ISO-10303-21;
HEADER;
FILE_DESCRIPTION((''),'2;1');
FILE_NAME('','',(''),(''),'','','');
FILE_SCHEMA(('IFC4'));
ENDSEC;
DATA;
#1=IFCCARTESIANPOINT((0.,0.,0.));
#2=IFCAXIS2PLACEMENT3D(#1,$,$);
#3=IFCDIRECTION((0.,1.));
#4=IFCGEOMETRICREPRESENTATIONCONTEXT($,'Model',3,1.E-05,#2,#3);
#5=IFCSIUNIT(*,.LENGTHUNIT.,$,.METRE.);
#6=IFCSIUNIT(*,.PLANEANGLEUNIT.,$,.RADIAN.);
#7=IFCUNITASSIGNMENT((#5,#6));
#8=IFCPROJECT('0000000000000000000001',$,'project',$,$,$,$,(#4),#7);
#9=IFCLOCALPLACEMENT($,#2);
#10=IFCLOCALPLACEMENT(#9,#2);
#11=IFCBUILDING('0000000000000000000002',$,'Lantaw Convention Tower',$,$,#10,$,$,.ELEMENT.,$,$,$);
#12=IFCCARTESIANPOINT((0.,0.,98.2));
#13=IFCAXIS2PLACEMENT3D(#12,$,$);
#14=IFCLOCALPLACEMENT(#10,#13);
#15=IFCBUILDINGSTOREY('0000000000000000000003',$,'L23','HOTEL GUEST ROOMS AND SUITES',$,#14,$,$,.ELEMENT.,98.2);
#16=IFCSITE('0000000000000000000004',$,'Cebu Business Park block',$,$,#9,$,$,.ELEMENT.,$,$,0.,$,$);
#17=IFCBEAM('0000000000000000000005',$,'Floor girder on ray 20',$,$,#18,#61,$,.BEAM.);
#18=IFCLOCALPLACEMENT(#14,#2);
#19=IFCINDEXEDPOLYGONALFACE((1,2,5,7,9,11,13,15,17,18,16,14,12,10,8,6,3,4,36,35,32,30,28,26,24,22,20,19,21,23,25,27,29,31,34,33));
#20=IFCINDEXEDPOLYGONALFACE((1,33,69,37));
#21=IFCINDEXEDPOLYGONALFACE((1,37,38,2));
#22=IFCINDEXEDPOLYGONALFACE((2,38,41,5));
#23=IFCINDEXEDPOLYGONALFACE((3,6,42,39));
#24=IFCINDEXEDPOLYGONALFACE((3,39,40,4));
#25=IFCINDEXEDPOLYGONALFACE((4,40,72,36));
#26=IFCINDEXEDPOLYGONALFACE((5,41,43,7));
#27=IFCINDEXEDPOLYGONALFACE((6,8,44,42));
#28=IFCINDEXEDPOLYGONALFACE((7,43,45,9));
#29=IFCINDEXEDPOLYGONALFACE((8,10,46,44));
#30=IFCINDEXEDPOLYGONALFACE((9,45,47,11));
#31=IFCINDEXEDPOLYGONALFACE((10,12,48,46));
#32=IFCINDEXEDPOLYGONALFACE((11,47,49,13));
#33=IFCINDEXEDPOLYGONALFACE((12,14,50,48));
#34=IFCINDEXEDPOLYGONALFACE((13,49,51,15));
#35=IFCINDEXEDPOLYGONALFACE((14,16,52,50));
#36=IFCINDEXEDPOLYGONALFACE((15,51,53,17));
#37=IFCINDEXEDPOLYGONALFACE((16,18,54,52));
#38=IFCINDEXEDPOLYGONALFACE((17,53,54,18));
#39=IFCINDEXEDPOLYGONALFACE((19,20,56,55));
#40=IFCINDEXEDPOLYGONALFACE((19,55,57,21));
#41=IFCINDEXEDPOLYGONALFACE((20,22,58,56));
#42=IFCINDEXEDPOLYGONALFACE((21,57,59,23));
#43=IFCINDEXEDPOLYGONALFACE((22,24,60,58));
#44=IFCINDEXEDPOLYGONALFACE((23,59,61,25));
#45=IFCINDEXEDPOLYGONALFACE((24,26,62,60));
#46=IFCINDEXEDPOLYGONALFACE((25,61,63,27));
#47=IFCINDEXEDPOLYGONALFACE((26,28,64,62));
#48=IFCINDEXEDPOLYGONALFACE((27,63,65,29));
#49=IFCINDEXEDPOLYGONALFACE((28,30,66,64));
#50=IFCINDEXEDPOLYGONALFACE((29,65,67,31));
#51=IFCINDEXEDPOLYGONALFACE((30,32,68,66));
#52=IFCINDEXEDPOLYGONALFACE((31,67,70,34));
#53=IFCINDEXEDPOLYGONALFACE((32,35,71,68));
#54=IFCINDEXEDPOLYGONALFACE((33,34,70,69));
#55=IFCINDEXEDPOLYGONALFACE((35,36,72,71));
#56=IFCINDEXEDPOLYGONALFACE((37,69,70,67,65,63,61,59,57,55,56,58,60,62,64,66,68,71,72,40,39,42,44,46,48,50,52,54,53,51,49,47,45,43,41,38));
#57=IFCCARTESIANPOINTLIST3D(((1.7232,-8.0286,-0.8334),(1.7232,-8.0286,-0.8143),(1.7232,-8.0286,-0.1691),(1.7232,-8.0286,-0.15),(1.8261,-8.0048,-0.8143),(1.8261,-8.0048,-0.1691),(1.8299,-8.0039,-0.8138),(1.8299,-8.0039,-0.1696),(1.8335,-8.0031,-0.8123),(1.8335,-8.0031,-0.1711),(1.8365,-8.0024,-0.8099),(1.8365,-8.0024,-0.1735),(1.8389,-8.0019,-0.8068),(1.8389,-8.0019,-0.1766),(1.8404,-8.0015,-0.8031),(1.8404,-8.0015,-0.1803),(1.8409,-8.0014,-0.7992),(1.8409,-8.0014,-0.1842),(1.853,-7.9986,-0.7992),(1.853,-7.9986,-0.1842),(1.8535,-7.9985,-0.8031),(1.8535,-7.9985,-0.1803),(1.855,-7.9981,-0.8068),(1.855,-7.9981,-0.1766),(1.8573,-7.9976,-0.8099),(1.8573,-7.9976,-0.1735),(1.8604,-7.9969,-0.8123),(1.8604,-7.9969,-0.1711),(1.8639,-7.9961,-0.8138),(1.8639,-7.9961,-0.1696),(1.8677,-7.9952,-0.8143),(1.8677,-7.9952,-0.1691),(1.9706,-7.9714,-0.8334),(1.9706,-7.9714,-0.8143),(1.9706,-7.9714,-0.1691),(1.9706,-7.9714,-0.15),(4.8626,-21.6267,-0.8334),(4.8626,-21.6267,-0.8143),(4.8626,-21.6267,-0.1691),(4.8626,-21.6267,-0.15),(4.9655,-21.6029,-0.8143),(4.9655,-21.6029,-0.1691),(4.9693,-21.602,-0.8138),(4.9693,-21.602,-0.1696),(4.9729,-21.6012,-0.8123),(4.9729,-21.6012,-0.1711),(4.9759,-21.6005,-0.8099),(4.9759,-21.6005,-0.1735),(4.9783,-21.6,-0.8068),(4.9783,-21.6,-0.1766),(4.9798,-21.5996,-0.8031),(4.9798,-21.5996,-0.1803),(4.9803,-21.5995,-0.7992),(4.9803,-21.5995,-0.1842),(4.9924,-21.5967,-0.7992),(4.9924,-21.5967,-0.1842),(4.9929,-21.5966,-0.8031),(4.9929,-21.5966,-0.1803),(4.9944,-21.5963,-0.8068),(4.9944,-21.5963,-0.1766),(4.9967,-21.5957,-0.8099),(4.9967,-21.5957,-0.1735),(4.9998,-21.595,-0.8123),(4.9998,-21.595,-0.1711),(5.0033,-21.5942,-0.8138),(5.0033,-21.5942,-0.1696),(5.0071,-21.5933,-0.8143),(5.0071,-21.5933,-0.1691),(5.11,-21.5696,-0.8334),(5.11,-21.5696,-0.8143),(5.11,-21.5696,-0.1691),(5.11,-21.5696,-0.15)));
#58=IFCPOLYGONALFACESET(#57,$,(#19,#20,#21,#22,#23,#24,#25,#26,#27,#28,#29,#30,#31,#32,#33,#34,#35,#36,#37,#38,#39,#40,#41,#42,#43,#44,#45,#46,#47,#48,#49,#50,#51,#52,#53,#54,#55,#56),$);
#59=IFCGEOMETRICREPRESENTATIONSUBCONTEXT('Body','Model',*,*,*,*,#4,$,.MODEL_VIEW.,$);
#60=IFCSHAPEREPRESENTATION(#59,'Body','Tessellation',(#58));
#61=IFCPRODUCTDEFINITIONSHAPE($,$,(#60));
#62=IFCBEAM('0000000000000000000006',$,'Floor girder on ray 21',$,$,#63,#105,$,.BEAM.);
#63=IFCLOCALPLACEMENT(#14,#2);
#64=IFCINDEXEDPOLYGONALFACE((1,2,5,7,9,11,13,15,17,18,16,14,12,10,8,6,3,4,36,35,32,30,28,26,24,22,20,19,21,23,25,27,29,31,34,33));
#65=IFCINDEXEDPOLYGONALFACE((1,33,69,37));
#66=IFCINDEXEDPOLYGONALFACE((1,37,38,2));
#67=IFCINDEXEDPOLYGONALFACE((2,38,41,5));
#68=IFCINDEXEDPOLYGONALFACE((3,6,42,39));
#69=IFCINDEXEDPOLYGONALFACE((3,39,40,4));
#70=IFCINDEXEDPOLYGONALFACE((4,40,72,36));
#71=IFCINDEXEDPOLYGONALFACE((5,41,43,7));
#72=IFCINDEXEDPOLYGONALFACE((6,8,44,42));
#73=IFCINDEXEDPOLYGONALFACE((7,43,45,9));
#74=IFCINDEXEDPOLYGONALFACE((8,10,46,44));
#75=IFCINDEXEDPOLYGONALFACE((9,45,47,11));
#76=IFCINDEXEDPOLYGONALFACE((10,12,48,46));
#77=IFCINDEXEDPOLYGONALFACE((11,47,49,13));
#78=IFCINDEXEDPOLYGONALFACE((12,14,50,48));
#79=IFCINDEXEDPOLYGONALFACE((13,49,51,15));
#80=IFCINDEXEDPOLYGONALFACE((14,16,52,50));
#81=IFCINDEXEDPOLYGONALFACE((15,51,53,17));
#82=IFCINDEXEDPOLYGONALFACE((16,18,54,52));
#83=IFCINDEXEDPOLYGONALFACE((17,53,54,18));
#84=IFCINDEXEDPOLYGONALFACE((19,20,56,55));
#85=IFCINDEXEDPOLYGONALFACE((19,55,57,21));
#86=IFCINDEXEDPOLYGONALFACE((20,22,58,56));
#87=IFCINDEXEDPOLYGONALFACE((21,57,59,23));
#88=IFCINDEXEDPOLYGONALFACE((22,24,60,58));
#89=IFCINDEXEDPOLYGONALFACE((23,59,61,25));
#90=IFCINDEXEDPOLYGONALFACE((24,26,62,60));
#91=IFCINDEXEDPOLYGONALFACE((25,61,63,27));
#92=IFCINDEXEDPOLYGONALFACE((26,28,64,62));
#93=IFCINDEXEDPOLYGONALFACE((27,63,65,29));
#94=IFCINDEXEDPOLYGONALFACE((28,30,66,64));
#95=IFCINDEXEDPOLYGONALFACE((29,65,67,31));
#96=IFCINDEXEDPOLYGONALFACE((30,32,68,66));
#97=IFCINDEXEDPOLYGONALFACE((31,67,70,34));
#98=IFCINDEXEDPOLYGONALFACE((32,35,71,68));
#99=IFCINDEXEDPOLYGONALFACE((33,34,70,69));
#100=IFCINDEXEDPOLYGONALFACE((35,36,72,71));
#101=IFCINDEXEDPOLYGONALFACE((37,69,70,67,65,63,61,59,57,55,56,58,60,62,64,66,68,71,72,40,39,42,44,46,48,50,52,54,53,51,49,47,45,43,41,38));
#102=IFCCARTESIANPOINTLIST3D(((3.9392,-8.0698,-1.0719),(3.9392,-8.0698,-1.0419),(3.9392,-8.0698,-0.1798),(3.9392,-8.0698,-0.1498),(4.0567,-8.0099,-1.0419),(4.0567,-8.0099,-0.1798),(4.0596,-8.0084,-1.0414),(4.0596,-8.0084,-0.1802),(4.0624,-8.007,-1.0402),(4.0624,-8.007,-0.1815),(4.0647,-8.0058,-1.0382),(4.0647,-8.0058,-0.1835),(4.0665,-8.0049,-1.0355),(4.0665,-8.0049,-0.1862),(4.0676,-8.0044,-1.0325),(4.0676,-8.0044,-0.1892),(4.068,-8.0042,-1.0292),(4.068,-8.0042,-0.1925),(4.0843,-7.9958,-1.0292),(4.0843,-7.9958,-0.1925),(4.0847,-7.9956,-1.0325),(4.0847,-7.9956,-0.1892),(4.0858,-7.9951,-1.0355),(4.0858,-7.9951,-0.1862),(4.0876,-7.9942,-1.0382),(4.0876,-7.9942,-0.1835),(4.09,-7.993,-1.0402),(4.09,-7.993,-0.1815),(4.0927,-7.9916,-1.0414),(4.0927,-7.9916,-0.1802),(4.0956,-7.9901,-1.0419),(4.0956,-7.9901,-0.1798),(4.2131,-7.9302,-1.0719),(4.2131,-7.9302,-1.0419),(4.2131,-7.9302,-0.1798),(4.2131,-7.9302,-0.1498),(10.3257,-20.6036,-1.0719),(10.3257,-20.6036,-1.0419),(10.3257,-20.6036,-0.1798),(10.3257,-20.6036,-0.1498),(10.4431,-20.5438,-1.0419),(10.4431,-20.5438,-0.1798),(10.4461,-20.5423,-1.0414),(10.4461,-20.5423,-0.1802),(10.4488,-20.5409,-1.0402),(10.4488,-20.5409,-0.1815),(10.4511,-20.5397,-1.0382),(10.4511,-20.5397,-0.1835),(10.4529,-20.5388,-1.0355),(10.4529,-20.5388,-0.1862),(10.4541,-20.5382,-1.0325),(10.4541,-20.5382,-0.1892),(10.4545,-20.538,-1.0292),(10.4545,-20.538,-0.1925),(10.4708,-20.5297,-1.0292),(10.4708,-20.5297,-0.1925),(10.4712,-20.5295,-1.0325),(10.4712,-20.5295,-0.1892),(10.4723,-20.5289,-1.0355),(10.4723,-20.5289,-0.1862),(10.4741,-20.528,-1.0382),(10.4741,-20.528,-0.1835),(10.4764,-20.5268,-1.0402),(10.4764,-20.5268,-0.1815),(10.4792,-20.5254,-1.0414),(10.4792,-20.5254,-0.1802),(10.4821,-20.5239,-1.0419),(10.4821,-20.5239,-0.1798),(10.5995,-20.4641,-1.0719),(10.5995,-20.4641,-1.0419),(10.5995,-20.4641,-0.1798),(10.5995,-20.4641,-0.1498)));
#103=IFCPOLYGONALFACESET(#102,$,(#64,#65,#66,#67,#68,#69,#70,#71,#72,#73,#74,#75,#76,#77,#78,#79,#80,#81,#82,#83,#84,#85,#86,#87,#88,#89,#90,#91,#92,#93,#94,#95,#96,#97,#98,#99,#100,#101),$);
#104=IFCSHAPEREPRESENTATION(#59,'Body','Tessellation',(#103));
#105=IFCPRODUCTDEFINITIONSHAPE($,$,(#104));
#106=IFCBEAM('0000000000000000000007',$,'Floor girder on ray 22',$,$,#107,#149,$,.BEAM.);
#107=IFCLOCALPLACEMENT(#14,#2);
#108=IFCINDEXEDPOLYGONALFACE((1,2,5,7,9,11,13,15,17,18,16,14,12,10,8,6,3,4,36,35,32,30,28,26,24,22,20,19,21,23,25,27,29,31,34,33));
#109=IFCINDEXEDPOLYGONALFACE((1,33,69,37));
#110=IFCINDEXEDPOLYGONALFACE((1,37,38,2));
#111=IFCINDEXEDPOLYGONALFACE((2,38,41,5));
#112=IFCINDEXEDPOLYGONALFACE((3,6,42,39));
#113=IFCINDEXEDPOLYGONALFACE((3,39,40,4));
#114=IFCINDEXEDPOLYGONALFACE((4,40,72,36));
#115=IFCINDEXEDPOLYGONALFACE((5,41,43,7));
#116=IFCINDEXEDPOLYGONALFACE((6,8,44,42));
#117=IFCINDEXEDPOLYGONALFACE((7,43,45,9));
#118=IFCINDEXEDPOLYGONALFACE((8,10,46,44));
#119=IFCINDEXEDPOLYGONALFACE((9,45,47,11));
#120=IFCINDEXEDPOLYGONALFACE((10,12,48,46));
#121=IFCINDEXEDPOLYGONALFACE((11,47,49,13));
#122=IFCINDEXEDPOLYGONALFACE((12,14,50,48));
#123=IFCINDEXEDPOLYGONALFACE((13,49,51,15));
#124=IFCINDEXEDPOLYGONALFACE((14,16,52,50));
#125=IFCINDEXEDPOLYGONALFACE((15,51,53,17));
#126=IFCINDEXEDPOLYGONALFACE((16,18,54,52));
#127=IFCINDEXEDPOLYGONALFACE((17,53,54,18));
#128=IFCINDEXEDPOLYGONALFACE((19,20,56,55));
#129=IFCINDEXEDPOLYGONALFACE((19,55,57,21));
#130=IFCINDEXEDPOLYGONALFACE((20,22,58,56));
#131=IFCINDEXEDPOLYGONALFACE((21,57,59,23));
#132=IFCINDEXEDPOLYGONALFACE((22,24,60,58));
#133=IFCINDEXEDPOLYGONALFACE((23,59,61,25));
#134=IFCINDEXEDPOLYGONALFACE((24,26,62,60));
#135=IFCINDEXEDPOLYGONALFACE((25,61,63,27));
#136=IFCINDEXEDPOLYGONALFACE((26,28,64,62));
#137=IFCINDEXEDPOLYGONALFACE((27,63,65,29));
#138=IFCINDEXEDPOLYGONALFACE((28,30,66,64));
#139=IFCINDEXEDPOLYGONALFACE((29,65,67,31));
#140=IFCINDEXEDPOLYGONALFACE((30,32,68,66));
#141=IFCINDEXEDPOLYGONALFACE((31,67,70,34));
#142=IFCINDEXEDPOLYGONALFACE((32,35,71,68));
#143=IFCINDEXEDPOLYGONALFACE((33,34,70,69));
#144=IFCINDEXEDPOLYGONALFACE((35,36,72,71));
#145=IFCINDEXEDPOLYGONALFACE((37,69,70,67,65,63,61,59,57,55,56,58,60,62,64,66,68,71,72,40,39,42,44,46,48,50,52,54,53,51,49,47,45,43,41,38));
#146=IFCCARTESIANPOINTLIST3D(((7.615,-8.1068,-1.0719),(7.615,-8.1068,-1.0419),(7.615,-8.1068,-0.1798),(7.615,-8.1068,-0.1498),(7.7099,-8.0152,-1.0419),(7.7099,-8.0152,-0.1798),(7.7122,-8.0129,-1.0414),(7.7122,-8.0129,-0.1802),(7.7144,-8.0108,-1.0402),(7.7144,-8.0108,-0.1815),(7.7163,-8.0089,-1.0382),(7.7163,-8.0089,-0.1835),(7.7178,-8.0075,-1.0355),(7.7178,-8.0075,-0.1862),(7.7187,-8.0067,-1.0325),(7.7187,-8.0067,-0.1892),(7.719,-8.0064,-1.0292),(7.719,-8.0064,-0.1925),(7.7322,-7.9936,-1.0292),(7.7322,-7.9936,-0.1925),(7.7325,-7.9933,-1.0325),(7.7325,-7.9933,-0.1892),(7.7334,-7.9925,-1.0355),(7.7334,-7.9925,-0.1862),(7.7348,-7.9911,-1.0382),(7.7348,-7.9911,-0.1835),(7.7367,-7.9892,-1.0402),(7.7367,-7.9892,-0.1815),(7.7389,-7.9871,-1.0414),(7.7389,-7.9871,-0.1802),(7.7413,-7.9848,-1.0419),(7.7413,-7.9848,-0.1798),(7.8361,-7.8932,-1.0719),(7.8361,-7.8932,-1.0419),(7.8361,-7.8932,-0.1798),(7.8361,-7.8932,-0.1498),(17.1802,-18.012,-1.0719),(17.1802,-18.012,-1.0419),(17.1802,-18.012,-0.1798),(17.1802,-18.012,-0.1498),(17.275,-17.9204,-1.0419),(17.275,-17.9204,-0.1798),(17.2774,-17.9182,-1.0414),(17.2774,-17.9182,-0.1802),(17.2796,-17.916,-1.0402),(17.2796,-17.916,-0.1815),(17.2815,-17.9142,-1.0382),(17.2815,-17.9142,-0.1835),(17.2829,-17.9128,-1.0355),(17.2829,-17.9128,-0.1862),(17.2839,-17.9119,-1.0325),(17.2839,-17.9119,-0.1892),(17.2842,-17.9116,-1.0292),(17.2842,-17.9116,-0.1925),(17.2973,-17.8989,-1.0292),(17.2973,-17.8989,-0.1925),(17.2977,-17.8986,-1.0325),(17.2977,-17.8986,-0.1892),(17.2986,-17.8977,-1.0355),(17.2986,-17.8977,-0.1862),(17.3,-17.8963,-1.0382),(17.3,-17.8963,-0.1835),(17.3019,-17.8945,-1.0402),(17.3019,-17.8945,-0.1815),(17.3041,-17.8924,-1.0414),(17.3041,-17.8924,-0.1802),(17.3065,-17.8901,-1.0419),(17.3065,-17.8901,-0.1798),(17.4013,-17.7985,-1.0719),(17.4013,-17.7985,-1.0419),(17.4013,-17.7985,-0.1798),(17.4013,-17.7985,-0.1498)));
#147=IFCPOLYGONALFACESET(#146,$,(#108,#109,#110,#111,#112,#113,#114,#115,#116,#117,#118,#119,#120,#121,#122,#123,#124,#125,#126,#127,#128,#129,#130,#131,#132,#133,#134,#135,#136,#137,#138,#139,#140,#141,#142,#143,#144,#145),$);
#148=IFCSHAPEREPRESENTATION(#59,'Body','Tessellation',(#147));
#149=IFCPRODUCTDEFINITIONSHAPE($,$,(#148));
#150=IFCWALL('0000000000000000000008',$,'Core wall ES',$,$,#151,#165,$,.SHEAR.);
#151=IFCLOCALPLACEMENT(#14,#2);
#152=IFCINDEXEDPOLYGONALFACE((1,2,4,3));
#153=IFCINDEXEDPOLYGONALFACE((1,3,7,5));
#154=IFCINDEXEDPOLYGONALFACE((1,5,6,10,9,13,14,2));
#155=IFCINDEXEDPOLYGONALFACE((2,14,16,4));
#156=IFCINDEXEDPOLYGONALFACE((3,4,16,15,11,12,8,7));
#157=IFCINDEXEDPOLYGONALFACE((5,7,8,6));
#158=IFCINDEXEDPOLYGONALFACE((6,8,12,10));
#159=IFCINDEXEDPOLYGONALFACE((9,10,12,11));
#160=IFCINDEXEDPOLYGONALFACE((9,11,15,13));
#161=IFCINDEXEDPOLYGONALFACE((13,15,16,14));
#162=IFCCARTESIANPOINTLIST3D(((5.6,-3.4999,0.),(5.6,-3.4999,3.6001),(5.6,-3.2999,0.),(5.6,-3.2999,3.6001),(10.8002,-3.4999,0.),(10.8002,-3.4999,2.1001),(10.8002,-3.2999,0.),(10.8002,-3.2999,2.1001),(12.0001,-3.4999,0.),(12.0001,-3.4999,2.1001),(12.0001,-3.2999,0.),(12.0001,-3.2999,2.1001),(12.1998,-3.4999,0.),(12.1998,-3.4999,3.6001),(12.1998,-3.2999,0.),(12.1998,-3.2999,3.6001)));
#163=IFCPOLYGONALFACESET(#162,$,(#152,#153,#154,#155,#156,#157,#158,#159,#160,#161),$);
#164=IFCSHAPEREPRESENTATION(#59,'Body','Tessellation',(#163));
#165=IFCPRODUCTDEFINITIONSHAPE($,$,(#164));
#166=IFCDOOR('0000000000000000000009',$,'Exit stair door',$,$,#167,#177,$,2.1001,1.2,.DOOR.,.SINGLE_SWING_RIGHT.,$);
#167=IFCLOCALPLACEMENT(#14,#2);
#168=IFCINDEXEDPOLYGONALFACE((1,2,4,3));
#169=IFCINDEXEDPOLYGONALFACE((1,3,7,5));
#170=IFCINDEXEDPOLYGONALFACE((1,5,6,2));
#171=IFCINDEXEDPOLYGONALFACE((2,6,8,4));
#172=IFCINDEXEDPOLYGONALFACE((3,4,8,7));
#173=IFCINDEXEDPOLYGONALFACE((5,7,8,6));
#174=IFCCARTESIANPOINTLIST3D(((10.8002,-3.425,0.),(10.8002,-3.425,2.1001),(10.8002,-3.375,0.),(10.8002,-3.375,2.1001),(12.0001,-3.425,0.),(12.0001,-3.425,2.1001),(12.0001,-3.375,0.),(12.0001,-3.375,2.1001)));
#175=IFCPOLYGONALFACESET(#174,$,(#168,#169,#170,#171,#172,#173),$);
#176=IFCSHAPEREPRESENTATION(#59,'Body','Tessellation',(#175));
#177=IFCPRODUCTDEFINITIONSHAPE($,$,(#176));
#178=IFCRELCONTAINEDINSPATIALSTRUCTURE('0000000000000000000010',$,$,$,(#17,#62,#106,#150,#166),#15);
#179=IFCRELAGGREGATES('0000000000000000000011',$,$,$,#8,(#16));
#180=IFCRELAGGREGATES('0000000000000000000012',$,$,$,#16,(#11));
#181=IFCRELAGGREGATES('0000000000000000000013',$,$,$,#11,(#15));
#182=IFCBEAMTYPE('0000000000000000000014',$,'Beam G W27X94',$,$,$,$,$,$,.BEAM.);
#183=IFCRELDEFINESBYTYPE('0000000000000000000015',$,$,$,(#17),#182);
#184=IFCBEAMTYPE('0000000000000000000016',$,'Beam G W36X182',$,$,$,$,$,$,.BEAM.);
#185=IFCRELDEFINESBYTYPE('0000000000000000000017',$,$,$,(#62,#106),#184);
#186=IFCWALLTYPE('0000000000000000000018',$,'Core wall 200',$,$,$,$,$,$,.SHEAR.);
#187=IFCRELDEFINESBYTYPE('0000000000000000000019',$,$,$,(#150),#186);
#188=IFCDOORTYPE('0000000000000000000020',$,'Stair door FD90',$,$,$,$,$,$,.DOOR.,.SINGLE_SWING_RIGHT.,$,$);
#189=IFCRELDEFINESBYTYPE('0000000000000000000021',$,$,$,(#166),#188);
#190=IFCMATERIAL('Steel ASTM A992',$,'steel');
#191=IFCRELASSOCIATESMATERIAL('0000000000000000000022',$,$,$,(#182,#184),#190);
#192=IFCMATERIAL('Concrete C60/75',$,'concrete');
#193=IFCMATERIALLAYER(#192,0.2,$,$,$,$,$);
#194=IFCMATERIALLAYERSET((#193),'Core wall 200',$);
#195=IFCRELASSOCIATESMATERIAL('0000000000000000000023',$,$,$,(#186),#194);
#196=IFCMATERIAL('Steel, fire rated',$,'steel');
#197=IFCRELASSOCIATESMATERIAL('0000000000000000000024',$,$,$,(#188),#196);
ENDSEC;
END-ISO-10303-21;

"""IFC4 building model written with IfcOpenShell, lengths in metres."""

from ifc_helpers import new_model, si_unit, direction, frame, frame_2d, origin, origin_2d, place, context, subcontext, project, spatial, rectangle, i_section, extrude, material, layer, layer_set, material_profile, profile_set, type_object, element, fill, save


model = new_model("IFC4")

# Units and contexts
model_context = context("Model", 3, precision=1e-05, world=origin(), true_north=direction((0.0, 1.0)))
body_context = subcontext(model_context, "Body", "Model", "MODEL_VIEW")
ifc_project = project(units=[si_unit("LENGTHUNIT", "METRE"), si_unit("PLANEANGLEUNIT", "RADIAN")], contexts=[model_context])

# Site, building, storey
site_placement = place(None, origin())
site = spatial("IfcSite", under=ifc_project, at=site_placement, Name="Cebu Business Park block", CompositionType="ELEMENT", RefElevation=0.0)
building_placement = place(site_placement, origin())
building = spatial("IfcBuilding", under=site, at=building_placement, Name="Lantaw Convention Tower", CompositionType="ELEMENT")
storey_placement = place(building_placement, frame((0.0, 0.0, 98.2)))
storey = spatial("IfcBuildingStorey", under=building, at=storey_placement, Name="L23", Description="HOTEL GUEST ROOMS AND SUITES", CompositionType="ELEMENT", Elevation=98.2)

# Beams
ifc_material_1 = material(Name="Steel ASTM A992", Category="steel")
ifc_material_profile_1 = material_profile(ifc_material_1, i_section(OverallWidth=0.2539, OverallDepth=0.6833, WebThickness=0.0125, FlangeThickness=0.019, FilletRadius=0.0151, at=origin_2d()), Name="W27X94")
ifc_profile_set_1 = profile_set([ifc_material_profile_1], Name="Steel ASTM A992")
beam_type_1 = type_object("IfcBeamType", Name="Beam G W27X94", PredefinedType="BEAM", material=ifc_profile_set_1)
beam_1_placement = place(storey_placement, frame((1.8469, -8.0, -0.4917), z_axis=(0.224953, -0.97437, 0.0), x_axis=(0.97437, 0.224953, 0.0)))
element("IfcBeam", 1, at=beam_1_placement, inside=storey, type_object=beam_type_1, Name="Floor girder on ray 20", PredefinedType="BEAM", context=body_context, shape_type="SweptSolid", body=[
    extrude(i_section(OverallWidth=0.2539, OverallDepth=0.6833, WebThickness=0.0125, FlangeThickness=0.019, FilletRadius=0.0151, at=origin_2d()), origin(), (0.0, 0.0, 1.0), 13.9558),
])
ifc_material_profile_2 = material_profile(ifc_material_1, i_section(OverallWidth=0.3074, OverallDepth=0.9221, WebThickness=0.0183, FlangeThickness=0.03, FilletRadius=0.0127, at=origin_2d()), Name="W36X182")
ifc_profile_set_2 = profile_set([ifc_material_profile_2], Name="Steel ASTM A992")
beam_type_2 = type_object("IfcBeamType", Name="Beam G W36X182", PredefinedType="BEAM", material=ifc_profile_set_2)
beam_2_placement = place(storey_placement, frame((4.0762, -8.0, -0.6108), z_axis=(0.453997, -0.891003, 0.0), x_axis=(0.891003, 0.453997, 0.0)))
element("IfcBeam", 2, at=beam_2_placement, inside=storey, type_object=beam_type_2, Name="Floor girder on ray 21", PredefinedType="BEAM", context=body_context, shape_type="SweptSolid", body=[
    extrude(i_section(OverallWidth=0.3074, OverallDepth=0.9221, WebThickness=0.0183, FlangeThickness=0.03, FilletRadius=0.0127, at=origin_2d()), origin(), (0.0, 0.0, 1.0), 14.0671),
])
beam_3_placement = place(storey_placement, frame((7.7256, -8.0, -0.6108), z_axis=(0.69465, -0.719348, 0.0), x_axis=(0.719348, 0.69465, 0.0)))
element("IfcBeam", 3, at=beam_3_placement, inside=storey, type_object=beam_type_2, Name="Floor girder on ray 22", PredefinedType="BEAM", context=body_context, shape_type="SweptSolid", body=[
    extrude(i_section(OverallWidth=0.3074, OverallDepth=0.9221, WebThickness=0.0183, FlangeThickness=0.03, FilletRadius=0.0127, at=origin_2d()), origin(), (0.0, 0.0, 1.0), 13.7698),
])

# Wall, opening, door
ifc_material_2 = material(Name="Concrete C60/75", Category="concrete")
ifc_layer_1 = layer(ifc_material_2, 0.2)
ifc_layer_set_1 = layer_set([ifc_layer_1], Name="Core wall 200")
wall_type_1 = type_object("IfcWallType", Name="Core wall 200", PredefinedType="SHEAR", material=ifc_layer_set_1)
wall_1_placement = place(storey_placement, frame((5.6001, -3.3999, 0.0), z_axis=(0.0, 0.0, 1.0), x_axis=(1.0, 0.0, 0.0)))
wall_1 = element("IfcWall", 4, at=wall_1_placement, inside=storey, type_object=wall_type_1, Name="Core wall ES", PredefinedType="SHEAR", context=body_context, shape_type="SweptSolid", body=[
    extrude(rectangle(XDim=6.5999, YDim=0.2, at=frame_2d((3.2998, 0.0))), origin(), (0.0, 0.0, 1.0), 3.6001),
])
opening_1_placement = place(wall_1_placement, frame((5.2, 0.0, 0.0)))
opening_1 = element("IfcOpeningElement", 5, at=opening_1_placement, cuts=wall_1, PredefinedType="OPENING", context=body_context, shape_type="SweptSolid", body=[
    extrude(rectangle(XDim=1.2, YDim=2.1001, at=frame_2d((0.6001, 1.05))), frame((0.0, 0.1099, 0.0), z_axis=(0.0, -1.0, 0.0), x_axis=(1.0, 0.0, 0.0)), (0.0, 0.0, 1.0), 0.22),
])
ifc_material_3 = material(Name="Steel, fire rated", Category="steel")
door_type_1 = type_object("IfcDoorType", Name="Stair door FD90", OperationType="SINGLE_SWING_RIGHT", PredefinedType="DOOR", material=ifc_material_3)
door_1_placement = place(opening_1_placement, origin())
door_1 = element("IfcDoor", 6, at=door_1_placement, inside=storey, type_object=door_type_1, Name="Exit stair door", OperationType="SINGLE_SWING_RIGHT", OverallHeight=2.1001, OverallWidth=1.2, PredefinedType="DOOR", context=body_context, shape_type="SweptSolid", body=[
    extrude(rectangle(XDim=1.2, YDim=2.1001, at=frame_2d((0.6001, 1.05))), frame((0.0, 0.0249, 0.0), z_axis=(0.0, -1.0, 0.0), x_axis=(1.0, 0.0, 0.0)), (0.0, 0.0, 1.0), 0.05),
])
fill(opening_1, door_1)

save(model, "model.ifc")
